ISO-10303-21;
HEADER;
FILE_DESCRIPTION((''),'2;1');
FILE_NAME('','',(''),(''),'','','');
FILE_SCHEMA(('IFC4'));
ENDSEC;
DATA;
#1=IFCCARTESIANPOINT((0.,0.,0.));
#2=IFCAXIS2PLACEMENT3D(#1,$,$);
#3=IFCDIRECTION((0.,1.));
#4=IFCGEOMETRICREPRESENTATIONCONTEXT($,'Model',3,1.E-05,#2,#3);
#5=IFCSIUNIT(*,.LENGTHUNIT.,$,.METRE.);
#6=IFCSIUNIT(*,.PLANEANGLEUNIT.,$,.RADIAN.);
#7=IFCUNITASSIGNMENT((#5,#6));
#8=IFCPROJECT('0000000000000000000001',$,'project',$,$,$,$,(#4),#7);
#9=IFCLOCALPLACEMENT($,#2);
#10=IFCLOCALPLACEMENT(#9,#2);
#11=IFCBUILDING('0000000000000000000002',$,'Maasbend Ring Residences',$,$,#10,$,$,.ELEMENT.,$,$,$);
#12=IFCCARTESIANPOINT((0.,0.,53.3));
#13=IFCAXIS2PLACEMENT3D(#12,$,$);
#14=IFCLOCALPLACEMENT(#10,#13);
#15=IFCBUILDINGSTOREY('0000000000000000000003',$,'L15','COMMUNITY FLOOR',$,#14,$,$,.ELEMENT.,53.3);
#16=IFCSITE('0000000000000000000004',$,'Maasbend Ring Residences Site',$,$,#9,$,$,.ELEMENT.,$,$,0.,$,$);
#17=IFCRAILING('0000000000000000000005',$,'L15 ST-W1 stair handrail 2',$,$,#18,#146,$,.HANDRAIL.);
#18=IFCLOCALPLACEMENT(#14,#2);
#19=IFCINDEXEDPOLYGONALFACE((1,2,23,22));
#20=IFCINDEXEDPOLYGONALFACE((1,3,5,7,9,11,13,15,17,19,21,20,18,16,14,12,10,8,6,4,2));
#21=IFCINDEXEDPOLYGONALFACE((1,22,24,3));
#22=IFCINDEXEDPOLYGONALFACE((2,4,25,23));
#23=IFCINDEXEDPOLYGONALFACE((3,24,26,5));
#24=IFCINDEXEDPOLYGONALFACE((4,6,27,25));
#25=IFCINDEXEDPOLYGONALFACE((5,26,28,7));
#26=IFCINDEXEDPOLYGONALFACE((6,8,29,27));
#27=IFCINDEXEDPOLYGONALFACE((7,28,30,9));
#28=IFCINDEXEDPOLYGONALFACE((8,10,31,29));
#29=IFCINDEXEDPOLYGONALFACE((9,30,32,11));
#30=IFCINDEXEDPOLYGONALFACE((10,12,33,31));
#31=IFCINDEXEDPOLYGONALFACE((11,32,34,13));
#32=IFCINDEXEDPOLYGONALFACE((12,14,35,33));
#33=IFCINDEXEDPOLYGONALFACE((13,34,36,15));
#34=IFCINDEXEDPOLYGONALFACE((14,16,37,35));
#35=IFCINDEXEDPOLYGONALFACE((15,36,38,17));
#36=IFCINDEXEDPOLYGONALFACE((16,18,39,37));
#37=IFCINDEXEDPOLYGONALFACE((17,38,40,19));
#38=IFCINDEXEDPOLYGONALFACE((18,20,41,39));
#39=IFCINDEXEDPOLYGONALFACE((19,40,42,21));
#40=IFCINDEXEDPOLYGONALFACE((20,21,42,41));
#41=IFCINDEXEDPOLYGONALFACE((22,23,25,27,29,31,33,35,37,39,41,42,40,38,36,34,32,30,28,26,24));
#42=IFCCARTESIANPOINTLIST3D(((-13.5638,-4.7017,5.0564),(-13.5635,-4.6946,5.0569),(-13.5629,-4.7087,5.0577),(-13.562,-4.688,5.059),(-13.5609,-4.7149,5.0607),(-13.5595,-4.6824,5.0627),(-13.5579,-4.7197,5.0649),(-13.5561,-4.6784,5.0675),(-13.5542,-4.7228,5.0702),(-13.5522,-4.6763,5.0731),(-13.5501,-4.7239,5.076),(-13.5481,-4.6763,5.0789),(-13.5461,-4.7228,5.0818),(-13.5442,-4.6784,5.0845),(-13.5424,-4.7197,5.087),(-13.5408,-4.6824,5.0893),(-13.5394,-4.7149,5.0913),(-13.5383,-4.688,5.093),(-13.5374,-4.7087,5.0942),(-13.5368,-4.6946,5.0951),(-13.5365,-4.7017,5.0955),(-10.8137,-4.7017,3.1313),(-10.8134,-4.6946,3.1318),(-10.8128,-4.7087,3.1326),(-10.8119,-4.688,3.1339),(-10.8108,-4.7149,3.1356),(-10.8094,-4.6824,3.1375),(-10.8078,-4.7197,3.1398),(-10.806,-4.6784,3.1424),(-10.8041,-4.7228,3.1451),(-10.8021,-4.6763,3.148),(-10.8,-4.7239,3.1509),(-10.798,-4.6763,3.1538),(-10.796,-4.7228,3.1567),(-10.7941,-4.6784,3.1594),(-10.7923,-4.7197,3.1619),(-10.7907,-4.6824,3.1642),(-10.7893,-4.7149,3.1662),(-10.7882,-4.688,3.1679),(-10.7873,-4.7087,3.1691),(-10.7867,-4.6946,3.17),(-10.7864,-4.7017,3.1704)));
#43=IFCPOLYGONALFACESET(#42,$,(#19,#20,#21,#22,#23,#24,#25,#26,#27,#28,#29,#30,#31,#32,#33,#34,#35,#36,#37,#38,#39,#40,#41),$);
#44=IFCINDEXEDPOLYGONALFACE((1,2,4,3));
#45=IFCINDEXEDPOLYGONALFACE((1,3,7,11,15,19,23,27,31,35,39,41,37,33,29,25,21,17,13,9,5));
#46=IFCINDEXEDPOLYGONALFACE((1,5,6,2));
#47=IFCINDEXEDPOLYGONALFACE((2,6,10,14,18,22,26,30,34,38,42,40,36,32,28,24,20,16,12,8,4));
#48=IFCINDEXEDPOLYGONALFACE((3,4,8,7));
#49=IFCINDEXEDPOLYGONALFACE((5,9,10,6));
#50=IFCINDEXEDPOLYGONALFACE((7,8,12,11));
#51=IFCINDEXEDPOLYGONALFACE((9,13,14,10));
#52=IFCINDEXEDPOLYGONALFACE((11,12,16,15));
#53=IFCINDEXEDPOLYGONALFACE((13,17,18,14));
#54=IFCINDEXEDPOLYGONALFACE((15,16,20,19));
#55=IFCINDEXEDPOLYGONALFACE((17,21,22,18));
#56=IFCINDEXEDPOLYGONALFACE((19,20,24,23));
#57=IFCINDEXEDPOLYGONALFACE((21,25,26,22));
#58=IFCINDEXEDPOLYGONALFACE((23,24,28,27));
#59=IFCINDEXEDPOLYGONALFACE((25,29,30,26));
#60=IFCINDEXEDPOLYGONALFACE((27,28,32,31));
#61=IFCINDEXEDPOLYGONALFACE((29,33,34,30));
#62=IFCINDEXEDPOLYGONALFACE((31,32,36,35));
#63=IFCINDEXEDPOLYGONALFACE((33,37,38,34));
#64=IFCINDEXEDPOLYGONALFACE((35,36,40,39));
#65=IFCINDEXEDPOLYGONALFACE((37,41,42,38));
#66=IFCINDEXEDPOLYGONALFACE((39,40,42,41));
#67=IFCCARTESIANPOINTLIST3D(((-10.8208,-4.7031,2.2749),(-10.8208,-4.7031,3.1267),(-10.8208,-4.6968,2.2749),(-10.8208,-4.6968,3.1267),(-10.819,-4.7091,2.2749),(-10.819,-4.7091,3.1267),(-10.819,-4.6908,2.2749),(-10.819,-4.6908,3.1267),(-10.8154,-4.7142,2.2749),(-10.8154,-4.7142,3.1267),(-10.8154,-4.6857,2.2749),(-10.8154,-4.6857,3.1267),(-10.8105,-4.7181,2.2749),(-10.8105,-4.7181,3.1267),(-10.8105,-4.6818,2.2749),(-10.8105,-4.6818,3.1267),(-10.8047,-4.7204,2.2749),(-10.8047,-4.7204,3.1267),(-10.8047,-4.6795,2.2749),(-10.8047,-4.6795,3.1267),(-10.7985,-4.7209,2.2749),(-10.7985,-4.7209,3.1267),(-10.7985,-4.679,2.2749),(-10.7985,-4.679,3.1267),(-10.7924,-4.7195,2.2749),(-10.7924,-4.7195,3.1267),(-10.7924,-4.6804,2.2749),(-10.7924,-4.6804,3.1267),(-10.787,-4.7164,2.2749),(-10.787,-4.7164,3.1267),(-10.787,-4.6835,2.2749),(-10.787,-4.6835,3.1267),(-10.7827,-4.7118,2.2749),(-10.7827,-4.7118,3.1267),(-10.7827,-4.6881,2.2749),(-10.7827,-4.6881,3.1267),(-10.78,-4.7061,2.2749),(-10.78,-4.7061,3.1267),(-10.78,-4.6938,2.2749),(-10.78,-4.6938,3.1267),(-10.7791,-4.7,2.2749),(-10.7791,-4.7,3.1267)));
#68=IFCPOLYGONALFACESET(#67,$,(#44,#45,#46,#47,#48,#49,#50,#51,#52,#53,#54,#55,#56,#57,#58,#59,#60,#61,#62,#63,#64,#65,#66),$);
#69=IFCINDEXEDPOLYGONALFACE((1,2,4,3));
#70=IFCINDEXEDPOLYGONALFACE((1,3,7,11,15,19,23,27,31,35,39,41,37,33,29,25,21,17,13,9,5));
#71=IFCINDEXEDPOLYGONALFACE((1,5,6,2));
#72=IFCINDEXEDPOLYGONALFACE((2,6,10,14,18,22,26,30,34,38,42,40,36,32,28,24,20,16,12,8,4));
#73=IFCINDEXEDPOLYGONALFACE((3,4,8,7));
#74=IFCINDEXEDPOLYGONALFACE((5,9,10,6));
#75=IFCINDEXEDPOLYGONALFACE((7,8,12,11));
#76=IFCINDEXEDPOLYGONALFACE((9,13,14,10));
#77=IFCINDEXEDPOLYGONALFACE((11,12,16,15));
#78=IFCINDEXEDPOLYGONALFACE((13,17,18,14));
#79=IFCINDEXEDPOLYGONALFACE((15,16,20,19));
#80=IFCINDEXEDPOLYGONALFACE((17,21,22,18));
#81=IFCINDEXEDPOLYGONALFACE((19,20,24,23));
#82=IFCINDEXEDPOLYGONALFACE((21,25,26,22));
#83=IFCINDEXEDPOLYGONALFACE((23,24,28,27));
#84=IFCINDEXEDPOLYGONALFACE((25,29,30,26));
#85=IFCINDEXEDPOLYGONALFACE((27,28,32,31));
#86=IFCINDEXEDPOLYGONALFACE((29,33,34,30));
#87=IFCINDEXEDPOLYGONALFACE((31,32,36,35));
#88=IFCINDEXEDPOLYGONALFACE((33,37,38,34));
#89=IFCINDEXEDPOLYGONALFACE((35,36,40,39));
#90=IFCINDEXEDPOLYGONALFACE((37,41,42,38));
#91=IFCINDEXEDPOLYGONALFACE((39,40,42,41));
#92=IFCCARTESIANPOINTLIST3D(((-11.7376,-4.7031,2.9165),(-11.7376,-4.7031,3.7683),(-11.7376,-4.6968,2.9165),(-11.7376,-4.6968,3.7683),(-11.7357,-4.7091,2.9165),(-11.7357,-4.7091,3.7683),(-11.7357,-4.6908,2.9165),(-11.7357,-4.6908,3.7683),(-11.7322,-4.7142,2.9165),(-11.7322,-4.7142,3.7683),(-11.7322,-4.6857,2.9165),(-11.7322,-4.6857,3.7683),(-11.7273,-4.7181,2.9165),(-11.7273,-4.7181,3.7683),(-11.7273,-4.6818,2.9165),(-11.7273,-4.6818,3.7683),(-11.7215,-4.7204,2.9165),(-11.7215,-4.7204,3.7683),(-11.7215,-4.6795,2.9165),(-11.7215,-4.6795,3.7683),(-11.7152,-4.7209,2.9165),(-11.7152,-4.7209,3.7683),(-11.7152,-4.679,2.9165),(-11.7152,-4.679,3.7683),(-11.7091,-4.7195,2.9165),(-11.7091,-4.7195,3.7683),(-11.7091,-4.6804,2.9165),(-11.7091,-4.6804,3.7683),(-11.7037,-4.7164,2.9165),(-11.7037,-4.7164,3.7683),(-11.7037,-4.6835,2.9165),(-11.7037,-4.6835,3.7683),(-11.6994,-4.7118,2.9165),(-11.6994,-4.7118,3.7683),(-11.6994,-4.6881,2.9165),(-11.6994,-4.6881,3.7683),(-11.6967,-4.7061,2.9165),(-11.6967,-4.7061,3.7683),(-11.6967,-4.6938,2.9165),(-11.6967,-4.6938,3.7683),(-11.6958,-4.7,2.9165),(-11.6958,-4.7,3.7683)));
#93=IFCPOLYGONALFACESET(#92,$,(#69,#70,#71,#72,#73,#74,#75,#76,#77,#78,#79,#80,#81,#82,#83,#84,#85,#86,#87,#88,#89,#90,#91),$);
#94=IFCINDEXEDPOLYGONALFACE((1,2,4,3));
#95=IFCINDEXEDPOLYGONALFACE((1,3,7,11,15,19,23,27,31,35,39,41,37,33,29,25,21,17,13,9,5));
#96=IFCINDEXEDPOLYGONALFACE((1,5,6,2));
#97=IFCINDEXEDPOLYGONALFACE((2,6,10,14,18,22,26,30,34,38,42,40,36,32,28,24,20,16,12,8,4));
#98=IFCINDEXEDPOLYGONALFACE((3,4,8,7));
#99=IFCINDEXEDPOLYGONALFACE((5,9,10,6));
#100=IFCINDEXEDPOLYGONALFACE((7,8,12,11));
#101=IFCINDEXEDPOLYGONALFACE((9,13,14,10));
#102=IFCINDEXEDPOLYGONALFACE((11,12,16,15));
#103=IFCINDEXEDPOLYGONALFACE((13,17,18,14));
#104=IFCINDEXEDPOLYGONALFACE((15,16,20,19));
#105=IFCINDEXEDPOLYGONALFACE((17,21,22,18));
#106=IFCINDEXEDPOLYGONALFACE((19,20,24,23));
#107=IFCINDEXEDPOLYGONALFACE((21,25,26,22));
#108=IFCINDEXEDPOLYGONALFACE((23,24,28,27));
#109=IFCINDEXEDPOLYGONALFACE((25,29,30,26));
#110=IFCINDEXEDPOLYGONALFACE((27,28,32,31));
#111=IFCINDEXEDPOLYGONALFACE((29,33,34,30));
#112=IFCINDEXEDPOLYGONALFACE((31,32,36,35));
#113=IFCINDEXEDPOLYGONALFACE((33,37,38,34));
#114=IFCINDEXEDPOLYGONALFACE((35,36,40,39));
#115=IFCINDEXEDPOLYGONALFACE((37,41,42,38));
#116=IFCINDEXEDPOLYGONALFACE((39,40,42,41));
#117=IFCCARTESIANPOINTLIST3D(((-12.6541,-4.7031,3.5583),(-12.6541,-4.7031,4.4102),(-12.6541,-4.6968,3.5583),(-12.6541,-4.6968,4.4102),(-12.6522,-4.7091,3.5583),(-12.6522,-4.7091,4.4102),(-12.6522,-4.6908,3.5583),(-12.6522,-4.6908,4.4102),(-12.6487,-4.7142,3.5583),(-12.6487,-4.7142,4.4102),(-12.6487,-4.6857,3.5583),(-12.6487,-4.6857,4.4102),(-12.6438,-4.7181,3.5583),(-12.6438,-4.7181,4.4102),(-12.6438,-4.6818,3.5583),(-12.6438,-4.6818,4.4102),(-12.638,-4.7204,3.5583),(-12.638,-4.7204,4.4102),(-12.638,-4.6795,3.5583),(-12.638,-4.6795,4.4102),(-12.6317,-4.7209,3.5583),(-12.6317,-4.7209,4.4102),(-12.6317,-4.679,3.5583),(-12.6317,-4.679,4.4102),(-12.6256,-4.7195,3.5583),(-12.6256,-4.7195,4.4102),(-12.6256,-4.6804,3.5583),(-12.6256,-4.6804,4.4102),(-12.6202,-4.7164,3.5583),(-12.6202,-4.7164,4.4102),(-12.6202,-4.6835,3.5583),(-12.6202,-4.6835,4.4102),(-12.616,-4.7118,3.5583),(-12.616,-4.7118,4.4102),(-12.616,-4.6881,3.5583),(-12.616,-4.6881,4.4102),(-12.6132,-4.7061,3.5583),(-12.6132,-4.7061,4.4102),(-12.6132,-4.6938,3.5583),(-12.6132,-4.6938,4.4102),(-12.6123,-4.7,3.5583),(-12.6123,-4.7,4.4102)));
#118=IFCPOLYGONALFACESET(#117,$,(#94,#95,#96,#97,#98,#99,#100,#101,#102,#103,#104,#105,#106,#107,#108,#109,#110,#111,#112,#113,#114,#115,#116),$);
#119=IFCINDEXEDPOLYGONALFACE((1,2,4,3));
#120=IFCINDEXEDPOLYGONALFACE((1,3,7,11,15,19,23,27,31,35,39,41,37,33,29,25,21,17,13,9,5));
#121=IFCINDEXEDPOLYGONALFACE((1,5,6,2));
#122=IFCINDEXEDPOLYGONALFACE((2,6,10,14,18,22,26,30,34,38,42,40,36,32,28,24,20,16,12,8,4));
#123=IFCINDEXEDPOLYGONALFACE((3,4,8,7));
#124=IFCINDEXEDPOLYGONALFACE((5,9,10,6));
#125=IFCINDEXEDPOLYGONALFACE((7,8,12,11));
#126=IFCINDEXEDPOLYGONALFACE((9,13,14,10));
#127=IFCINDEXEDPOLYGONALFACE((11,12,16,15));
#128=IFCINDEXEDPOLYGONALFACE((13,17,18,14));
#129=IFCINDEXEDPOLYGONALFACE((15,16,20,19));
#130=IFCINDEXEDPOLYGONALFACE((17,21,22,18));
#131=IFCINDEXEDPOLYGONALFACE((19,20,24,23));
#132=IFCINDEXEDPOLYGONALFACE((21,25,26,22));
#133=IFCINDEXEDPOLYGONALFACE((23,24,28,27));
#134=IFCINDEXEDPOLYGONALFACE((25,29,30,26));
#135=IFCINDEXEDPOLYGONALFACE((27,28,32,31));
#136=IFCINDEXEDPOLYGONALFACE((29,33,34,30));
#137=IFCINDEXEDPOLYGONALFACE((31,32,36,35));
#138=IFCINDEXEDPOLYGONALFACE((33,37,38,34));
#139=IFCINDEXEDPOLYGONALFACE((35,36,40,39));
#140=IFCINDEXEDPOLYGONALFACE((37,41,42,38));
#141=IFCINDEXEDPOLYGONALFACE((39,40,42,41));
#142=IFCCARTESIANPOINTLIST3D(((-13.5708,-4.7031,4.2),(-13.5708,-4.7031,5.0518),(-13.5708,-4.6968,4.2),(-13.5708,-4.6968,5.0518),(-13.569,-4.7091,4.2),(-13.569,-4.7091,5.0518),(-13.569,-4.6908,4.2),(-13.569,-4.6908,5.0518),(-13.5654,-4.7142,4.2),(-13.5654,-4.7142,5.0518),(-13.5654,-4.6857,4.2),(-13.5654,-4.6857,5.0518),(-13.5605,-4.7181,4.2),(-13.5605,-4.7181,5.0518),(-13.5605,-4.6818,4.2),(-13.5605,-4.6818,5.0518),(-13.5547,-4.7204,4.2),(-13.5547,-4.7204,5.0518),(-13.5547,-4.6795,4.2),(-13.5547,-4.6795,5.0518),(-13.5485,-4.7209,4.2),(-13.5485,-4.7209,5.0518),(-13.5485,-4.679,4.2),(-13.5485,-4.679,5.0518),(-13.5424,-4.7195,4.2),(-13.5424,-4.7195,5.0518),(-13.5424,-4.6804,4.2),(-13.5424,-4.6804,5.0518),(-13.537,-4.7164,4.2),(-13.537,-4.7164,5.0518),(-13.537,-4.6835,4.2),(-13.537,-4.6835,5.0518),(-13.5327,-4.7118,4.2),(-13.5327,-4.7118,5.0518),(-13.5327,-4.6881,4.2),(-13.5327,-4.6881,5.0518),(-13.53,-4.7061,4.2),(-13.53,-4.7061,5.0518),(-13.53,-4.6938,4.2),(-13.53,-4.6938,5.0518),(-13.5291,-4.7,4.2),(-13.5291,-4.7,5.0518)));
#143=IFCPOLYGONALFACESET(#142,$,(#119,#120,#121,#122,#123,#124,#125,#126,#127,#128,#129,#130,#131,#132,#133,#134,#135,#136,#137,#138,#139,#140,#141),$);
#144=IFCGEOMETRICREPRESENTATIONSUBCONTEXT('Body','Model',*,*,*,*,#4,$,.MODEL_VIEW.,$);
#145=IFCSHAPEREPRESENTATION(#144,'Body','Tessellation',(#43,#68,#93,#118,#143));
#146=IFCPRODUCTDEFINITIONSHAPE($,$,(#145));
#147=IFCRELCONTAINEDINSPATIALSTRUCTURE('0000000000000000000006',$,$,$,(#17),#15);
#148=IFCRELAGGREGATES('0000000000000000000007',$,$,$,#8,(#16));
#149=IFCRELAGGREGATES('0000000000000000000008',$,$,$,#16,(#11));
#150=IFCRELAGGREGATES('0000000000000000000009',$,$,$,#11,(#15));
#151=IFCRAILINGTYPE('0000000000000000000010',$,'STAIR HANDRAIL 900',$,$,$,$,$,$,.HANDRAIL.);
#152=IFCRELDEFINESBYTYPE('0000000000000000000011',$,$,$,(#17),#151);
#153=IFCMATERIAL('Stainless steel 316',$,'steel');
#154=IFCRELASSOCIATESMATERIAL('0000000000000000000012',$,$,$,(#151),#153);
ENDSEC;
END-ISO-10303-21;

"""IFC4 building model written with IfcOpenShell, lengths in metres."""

from ifc_helpers import new_model, si_unit, direction, frame, origin, origin_2d, place, context, subcontext, project, spatial, circle, extrude, material, type_object, element, save


model = new_model("IFC4")

# Units and contexts
model_context = context("Model", 3, precision=1e-05, world=origin(), true_north=direction((0.0, 1.0)))
body_context = subcontext(model_context, "Body", "Model", "MODEL_VIEW")
ifc_project = project(units=[si_unit("LENGTHUNIT", "METRE"), si_unit("PLANEANGLEUNIT", "RADIAN")], contexts=[model_context])

# Site, building, storey
site_placement = place(None, origin())
site = spatial("IfcSite", under=ifc_project, at=site_placement, Name="Maasbend Ring Residences Site", CompositionType="ELEMENT", RefElevation=0.0)
building_placement = place(site_placement, origin())
building = spatial("IfcBuilding", under=site, at=building_placement, Name="Maasbend Ring Residences", CompositionType="ELEMENT")
storey_placement = place(building_placement, frame((0.0, 0.0, 53.3)))
storey = spatial("IfcBuildingStorey", under=building, at=storey_placement, Name="L15", Description="COMMUNITY FLOOR", CompositionType="ELEMENT", Elevation=53.3)

# Railing
ifc_material_1 = material(Name="Stainless steel 316", Category="steel")
railing_type = type_object("IfcRailingType", Name="STAIR HANDRAIL 900", PredefinedType="HANDRAIL", material=ifc_material_1)
railing_placement = place(storey_placement, frame((-10.8, -4.7, 2.2749)))
element("IfcRailing", 1, at=railing_placement, inside=storey, type_object=railing_type, Name="L15 ST-W1 stair handrail 2", PredefinedType="HANDRAIL", context=body_context, shape_type="SweptSolid", body=[
    extrude(circle(Radius=0.0239, at=origin_2d()), frame((0.0, 0.0, 0.876), z_axis=(-0.819225, 0.0, 0.573472), x_axis=(0.0, -1.0, 0.0)), (0.0, 0.0, 1.0), 3.3569),
    extrude(circle(Radius=0.021, at=origin_2d()), origin(), (0.0, 0.0, 1.0), 0.8518),
    extrude(circle(Radius=0.021, at=origin_2d()), frame((-0.9167, 0.0, 0.6416)), (0.0, 0.0, 1.0), 0.8518),
    extrude(circle(Radius=0.021, at=origin_2d()), frame((-1.8333, 0.0, 1.2834)), (0.0, 0.0, 1.0), 0.8518),
    extrude(circle(Radius=0.021, at=origin_2d()), frame((-2.75, 0.0, 1.925)), (0.0, 0.0, 1.0), 0.8518),
])

save(model, "model.ifc")
